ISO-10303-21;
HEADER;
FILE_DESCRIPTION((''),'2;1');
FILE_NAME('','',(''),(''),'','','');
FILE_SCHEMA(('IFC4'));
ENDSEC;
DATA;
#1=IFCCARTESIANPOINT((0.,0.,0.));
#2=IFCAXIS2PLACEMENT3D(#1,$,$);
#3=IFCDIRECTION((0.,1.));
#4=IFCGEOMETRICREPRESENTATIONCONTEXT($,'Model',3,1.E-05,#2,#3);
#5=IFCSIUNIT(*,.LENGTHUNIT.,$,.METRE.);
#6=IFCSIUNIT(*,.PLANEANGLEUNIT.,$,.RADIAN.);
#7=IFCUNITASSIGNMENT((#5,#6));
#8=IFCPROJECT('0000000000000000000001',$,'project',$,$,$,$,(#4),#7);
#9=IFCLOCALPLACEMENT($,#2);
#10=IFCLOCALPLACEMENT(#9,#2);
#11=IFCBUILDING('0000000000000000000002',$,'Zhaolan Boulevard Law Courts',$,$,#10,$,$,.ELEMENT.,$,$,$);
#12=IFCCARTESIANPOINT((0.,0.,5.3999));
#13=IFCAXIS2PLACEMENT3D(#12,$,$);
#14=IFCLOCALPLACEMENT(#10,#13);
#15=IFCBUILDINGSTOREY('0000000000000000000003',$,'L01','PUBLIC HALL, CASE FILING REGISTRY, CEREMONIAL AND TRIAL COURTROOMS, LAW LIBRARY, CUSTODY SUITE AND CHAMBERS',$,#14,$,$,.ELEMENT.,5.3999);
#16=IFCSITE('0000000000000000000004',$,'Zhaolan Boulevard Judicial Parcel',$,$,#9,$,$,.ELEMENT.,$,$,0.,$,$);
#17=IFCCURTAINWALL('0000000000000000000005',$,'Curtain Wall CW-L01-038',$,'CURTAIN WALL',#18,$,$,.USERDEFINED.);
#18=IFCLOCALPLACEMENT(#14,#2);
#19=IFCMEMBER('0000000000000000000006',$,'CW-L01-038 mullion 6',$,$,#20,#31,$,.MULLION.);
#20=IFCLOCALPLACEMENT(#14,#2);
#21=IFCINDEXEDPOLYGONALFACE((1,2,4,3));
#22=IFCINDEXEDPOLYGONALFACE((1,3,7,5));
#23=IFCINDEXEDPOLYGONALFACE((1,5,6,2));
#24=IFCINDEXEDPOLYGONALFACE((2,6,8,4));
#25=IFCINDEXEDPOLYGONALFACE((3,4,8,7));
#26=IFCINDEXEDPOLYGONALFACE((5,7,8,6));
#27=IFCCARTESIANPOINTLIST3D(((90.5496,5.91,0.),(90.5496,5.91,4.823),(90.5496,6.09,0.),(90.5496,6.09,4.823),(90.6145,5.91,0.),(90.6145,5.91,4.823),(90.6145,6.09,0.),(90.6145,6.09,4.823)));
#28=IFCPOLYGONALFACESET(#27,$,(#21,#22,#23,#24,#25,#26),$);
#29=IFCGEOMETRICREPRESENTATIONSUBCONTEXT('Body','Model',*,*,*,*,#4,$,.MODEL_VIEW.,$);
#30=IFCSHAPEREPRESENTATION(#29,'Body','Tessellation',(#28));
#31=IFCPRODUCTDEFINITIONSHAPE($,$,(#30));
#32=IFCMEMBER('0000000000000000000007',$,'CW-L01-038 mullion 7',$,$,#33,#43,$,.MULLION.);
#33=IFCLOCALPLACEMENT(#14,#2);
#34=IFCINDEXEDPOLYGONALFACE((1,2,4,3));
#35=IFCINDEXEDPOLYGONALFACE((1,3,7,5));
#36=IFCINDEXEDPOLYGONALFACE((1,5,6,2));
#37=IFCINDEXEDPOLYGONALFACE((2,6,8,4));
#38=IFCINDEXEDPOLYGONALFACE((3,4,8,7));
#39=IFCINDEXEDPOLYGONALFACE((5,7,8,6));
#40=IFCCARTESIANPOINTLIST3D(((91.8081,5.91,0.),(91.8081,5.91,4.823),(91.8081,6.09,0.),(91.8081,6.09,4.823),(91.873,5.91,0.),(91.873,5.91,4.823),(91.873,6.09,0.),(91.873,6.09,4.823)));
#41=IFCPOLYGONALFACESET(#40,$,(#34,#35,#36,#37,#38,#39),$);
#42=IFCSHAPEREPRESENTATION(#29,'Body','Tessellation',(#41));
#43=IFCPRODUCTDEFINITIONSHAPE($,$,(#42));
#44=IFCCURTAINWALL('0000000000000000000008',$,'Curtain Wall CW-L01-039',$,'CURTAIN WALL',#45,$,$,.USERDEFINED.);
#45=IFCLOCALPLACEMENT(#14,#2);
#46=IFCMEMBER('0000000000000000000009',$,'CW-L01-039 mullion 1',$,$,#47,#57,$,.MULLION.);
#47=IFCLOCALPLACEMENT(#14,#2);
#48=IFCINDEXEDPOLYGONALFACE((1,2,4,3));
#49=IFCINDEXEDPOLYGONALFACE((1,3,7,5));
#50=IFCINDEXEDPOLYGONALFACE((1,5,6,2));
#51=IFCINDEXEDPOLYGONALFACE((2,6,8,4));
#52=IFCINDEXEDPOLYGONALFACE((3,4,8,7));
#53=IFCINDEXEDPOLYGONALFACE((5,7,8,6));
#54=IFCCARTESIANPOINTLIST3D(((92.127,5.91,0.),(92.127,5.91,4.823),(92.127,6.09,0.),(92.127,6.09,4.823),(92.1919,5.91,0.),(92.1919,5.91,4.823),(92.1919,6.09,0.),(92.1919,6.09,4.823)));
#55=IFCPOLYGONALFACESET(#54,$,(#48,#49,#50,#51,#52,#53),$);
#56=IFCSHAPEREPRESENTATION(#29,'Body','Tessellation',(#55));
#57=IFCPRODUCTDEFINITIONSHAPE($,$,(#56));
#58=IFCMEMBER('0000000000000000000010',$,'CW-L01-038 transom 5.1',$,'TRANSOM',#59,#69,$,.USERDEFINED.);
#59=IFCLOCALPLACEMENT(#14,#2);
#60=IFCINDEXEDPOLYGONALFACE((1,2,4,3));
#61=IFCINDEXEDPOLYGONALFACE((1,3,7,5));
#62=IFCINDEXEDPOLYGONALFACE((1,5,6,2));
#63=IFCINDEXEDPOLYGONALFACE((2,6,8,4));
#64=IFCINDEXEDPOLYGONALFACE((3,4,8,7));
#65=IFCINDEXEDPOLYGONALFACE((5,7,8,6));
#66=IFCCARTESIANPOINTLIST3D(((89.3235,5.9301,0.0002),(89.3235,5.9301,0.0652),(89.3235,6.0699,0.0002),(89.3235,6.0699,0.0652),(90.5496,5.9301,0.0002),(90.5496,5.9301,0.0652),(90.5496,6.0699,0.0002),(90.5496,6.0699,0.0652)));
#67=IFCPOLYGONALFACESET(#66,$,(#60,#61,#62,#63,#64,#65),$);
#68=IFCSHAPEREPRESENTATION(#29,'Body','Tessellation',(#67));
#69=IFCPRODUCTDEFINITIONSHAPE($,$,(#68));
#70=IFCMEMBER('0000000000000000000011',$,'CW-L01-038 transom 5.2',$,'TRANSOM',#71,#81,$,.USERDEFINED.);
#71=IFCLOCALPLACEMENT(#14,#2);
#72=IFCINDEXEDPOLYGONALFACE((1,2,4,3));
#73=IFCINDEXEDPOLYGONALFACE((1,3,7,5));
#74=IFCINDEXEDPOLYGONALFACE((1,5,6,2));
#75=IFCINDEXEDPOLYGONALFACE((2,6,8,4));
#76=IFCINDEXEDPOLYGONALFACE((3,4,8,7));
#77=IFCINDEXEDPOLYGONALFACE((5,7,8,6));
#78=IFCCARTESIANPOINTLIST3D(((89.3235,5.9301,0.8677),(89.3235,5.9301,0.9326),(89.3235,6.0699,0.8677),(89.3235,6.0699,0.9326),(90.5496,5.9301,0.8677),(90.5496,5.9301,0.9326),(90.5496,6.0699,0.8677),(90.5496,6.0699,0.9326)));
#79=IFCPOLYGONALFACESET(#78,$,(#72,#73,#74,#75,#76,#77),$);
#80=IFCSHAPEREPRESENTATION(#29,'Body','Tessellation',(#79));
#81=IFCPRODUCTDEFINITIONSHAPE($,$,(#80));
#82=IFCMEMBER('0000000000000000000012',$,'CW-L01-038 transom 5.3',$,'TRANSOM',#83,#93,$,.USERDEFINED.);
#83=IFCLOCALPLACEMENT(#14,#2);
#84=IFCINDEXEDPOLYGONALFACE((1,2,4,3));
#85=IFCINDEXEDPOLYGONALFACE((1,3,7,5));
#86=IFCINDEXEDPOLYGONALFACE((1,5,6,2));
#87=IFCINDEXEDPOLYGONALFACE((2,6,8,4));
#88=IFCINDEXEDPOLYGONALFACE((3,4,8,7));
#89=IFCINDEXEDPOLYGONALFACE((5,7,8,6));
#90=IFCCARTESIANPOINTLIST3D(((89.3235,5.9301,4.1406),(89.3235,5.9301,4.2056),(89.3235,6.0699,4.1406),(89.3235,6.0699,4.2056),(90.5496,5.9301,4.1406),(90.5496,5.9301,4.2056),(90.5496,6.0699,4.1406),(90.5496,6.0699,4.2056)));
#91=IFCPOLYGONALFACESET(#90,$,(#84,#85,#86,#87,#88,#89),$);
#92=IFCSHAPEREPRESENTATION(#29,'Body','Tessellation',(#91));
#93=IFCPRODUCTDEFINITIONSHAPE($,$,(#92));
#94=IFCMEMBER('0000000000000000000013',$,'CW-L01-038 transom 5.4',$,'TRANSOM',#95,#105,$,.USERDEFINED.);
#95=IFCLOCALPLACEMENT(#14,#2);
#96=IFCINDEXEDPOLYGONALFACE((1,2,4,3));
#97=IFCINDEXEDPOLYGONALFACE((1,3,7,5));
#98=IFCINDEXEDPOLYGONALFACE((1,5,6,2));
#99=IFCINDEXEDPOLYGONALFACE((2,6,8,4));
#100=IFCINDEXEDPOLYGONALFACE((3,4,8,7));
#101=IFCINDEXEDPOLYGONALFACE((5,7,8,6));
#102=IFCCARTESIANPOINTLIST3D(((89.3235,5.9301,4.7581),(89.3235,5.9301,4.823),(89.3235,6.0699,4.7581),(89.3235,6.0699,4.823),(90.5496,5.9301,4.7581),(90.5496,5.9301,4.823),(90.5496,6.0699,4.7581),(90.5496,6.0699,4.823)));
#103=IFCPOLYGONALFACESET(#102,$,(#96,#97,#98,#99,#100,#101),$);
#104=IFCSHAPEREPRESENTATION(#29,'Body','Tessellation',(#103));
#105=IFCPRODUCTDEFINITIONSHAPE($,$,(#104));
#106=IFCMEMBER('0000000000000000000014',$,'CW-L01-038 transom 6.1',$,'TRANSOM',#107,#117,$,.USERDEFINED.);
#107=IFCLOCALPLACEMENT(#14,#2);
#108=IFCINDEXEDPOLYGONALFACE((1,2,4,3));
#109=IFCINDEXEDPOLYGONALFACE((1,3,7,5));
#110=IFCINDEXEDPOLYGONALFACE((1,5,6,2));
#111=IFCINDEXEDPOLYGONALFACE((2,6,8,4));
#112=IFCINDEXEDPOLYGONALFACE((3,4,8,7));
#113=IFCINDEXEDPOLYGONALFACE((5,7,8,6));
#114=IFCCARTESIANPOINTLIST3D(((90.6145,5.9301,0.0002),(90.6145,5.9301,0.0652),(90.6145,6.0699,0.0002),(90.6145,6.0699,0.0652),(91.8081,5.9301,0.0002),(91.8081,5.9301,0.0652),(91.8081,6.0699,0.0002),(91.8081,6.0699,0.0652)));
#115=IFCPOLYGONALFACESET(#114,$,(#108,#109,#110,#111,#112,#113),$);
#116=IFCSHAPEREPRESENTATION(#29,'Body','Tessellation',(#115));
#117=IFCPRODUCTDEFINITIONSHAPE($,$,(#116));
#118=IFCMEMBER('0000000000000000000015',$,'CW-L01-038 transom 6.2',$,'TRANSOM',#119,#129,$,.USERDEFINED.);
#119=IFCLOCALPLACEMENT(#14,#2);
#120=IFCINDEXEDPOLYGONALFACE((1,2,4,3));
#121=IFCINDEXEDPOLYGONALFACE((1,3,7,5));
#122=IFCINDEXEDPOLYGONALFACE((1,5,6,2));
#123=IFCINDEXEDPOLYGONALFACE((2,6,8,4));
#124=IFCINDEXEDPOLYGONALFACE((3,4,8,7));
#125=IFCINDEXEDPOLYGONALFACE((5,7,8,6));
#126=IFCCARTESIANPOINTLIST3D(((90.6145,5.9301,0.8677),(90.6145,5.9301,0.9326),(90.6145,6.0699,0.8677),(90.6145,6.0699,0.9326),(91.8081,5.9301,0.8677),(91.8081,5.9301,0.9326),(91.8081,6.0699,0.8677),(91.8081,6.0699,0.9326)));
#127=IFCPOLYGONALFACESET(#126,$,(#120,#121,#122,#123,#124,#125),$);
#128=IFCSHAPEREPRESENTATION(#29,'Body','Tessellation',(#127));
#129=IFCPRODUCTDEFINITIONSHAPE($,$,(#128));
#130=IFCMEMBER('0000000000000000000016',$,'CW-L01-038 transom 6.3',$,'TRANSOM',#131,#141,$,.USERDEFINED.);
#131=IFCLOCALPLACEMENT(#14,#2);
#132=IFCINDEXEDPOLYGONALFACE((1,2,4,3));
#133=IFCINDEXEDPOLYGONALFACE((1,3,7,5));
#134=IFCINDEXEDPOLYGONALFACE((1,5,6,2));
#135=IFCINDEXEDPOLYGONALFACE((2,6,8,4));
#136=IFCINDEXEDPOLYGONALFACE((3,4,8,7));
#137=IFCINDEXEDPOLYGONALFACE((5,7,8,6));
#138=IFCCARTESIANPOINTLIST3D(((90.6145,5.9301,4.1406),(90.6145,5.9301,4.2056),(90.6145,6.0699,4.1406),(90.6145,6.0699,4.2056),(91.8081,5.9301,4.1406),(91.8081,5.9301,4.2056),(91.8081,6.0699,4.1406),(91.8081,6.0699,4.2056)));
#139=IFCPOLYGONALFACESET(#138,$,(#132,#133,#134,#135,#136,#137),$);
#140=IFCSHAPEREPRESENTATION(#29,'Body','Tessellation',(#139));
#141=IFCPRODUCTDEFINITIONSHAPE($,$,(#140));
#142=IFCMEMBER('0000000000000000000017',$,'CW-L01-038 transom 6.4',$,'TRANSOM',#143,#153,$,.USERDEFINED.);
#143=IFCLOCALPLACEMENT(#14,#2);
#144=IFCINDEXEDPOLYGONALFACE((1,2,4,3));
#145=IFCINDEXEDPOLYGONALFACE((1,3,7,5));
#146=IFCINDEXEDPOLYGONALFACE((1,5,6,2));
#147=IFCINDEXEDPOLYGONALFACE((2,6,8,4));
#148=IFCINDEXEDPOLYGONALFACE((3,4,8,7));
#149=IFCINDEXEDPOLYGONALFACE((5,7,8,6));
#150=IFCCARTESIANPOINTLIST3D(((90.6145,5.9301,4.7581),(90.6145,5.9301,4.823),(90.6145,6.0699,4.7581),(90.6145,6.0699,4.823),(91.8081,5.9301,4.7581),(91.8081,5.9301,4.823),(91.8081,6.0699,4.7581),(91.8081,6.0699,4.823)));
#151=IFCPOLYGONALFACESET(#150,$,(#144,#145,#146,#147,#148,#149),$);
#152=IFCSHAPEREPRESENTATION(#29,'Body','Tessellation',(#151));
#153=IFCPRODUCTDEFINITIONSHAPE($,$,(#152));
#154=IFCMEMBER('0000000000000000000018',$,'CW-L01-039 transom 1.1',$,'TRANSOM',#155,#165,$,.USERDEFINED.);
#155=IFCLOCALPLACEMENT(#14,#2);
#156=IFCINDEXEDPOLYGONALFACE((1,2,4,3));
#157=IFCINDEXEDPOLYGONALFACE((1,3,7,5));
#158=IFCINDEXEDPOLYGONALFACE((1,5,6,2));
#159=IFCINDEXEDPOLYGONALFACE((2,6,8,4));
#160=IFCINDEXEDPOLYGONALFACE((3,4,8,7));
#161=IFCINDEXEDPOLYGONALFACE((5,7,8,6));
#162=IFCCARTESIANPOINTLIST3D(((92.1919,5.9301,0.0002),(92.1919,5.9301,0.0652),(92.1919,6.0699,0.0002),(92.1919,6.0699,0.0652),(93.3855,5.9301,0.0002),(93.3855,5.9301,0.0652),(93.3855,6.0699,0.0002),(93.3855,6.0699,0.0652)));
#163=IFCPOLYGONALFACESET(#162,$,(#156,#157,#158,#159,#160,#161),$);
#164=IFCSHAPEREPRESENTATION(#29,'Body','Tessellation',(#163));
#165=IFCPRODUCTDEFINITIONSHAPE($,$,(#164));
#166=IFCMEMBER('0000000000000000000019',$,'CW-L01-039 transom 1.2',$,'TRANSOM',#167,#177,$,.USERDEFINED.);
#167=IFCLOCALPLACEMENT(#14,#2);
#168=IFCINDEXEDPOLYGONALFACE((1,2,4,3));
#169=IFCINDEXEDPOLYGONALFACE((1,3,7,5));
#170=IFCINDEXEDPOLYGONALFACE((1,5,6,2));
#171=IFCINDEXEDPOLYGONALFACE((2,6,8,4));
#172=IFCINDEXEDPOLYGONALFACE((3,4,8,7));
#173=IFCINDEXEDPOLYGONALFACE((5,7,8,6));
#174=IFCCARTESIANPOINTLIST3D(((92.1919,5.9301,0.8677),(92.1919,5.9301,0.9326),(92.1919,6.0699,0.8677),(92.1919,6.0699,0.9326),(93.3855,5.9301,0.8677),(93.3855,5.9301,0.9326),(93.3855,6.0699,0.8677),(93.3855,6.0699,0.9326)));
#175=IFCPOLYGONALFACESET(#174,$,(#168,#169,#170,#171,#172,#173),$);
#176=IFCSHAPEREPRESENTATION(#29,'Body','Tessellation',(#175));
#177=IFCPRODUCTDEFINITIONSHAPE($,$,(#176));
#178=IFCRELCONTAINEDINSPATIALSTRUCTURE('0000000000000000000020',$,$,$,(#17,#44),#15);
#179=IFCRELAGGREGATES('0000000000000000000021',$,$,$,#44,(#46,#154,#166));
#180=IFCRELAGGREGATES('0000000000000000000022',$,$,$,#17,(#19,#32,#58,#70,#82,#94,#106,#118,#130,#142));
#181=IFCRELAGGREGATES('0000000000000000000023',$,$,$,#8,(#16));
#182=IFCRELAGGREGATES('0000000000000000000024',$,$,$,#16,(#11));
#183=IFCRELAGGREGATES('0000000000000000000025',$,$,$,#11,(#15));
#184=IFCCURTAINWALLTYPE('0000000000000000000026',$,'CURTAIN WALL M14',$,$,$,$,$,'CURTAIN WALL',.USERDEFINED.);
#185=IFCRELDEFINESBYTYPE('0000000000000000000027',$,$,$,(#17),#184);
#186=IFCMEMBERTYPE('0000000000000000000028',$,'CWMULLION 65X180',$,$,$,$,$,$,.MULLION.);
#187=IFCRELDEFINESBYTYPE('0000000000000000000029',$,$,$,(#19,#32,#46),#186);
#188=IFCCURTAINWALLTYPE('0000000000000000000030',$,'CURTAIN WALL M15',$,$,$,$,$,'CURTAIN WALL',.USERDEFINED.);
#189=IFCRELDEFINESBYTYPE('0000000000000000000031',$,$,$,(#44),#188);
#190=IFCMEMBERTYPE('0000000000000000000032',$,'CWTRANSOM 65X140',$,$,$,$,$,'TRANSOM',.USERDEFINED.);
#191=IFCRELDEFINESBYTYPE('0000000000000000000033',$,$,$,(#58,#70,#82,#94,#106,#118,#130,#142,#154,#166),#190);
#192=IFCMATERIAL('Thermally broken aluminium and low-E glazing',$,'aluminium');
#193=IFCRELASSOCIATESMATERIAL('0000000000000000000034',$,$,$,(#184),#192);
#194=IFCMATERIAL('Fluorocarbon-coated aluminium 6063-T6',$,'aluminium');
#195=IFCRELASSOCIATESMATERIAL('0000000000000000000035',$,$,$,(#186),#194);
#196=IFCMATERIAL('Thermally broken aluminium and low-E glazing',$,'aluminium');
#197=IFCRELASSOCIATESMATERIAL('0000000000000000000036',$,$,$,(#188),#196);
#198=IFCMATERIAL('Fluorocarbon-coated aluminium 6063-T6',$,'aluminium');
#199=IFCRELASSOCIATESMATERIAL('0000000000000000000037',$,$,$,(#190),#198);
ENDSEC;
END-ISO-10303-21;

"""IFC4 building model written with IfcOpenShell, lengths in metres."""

from ifc_helpers import new_model, si_unit, direction, frame, origin, origin_2d, place, context, subcontext, project, spatial, rectangle, extrude, material, material_profile, profile_set, type_object, element, aggregate, save


model = new_model("IFC4")

# Units and contexts
model_context = context("Model", 3, precision=1e-05, world=origin(), true_north=direction((0.0, 1.0)))
body_context = subcontext(model_context, "Body", "Model", "MODEL_VIEW")
ifc_project = project(units=[si_unit("LENGTHUNIT", "METRE"), si_unit("PLANEANGLEUNIT", "RADIAN")], contexts=[model_context])

# Site, building, storey
site_placement = place(None, origin())
site = spatial("IfcSite", under=ifc_project, at=site_placement, Name="Zhaolan Boulevard Judicial Parcel", CompositionType="ELEMENT", RefElevation=0.0)
building_placement = place(site_placement, origin())
building = spatial("IfcBuilding", under=site, at=building_placement, Name="Zhaolan Boulevard Law Courts", CompositionType="ELEMENT")
storey_placement = place(building_placement, frame((0.0, 0.0, 5.3999)))
storey = spatial("IfcBuildingStorey", under=building, at=storey_placement, Name="L01", Description="PUBLIC HALL, CASE FILING REGISTRY, CEREMONIAL AND TRIAL COURTROOMS, LAW LIBRARY, CUSTODY SUITE AND CHAMBERS", CompositionType="ELEMENT", Elevation=5.3999)

# Curtain wall, members
ifc_material_1 = material(Name="Thermally broken aluminium and low-E glazing", Category="aluminium")
curtain_wall_type_1 = type_object("IfcCurtainWallType", Name="CURTAIN WALL M14", ElementType="CURTAIN WALL", PredefinedType="USERDEFINED", material=ifc_material_1)
curtain_wall_1_placement = place(storey_placement, origin())
curtain_wall_1 = element("IfcCurtainWall", 1, at=curtain_wall_1_placement, inside=storey, type_object=curtain_wall_type_1, Name="Curtain Wall CW-L01-038", ObjectType="CURTAIN WALL", PredefinedType="USERDEFINED")
ifc_material_2 = material(Name="Fluorocarbon-coated aluminium 6063-T6", Category="aluminium")
ifc_material_profile_1 = material_profile(ifc_material_2, rectangle(XDim=0.1799, YDim=0.0649, at=origin_2d()), Name="AL65x180")
ifc_profile_set_1 = profile_set([ifc_material_profile_1], Name="Fluorocarbon-coated aluminium 6063-T6")
member_type_1 = type_object("IfcMemberType", Name="CWMULLION 65X180", PredefinedType="MULLION", material=ifc_profile_set_1)
member_1_placement = place(storey_placement, frame((90.582, 6.0, 0.0), z_axis=(0.0, 0.0, 1.0), x_axis=(0.0, 1.0, 0.0)))
member_1 = element("IfcMember", 2, at=member_1_placement, type_object=member_type_1, Name="CW-L01-038 mullion 6", PredefinedType="MULLION", context=body_context, shape_type="SweptSolid", body=[
    extrude(rectangle(XDim=0.1799, YDim=0.0649, at=origin_2d()), origin(), (0.0, 0.0, 1.0), 4.823),
])
member_2_placement = place(storey_placement, frame((91.8406, 6.0, 0.0), z_axis=(0.0, 0.0, 1.0), x_axis=(0.0, 1.0, 0.0)))
member_2 = element("IfcMember", 3, at=member_2_placement, type_object=member_type_1, Name="CW-L01-038 mullion 7", PredefinedType="MULLION", context=body_context, shape_type="SweptSolid", body=[
    extrude(rectangle(XDim=0.1799, YDim=0.0649, at=origin_2d()), origin(), (0.0, 0.0, 1.0), 4.823),
])

# Curtain wall, member
ifc_material_3 = material(Name="Thermally broken aluminium and low-E glazing", Category="aluminium")
curtain_wall_type_2 = type_object("IfcCurtainWallType", Name="CURTAIN WALL M15", ElementType="CURTAIN WALL", PredefinedType="USERDEFINED", material=ifc_material_3)
curtain_wall_2_placement = place(storey_placement, origin())
curtain_wall_2 = element("IfcCurtainWall", 4, at=curtain_wall_2_placement, inside=storey, type_object=curtain_wall_type_2, Name="Curtain Wall CW-L01-039", ObjectType="CURTAIN WALL", PredefinedType="USERDEFINED")
member_3_placement = place(storey_placement, frame((92.1594, 6.0, 0.0), z_axis=(0.0, 0.0, 1.0), x_axis=(0.0, 1.0, 0.0)))
member_3 = element("IfcMember", 5, at=member_3_placement, type_object=member_type_1, Name="CW-L01-039 mullion 1", PredefinedType="MULLION", context=body_context, shape_type="SweptSolid", body=[
    extrude(rectangle(XDim=0.1799, YDim=0.0649, at=origin_2d()), origin(), (0.0, 0.0, 1.0), 4.823),
])

# Members
ifc_material_4 = material(Name="Fluorocarbon-coated aluminium 6063-T6", Category="aluminium")
ifc_material_profile_2 = material_profile(ifc_material_4, rectangle(XDim=0.1399, YDim=0.0649, at=origin_2d()), Name="AL65x140")
ifc_profile_set_2 = profile_set([ifc_material_profile_2], Name="Fluorocarbon-coated aluminium 6063-T6")
member_type_2 = type_object("IfcMemberType", Name="CWTRANSOM 65X140", ElementType="TRANSOM", PredefinedType="USERDEFINED", material=ifc_profile_set_2)
member_4_placement = place(storey_placement, frame((89.3235, 6.0, 0.0327), z_axis=(1.0, 0.0, 0.0), x_axis=(0.0, 1.0, 0.0)))
member_4 = element("IfcMember", 6, at=member_4_placement, type_object=member_type_2, Name="CW-L01-038 transom 5.1", ObjectType="TRANSOM", PredefinedType="USERDEFINED", context=body_context, shape_type="SweptSolid", body=[
    extrude(rectangle(XDim=0.1399, YDim=0.0649, at=origin_2d()), origin(), (0.0, 0.0, 1.0), 1.2261),
])
member_5_placement = place(storey_placement, frame((89.3235, 6.0, 0.9001), z_axis=(1.0, 0.0, 0.0), x_axis=(0.0, 1.0, 0.0)))
member_5 = element("IfcMember", 7, at=member_5_placement, type_object=member_type_2, Name="CW-L01-038 transom 5.2", ObjectType="TRANSOM", PredefinedType="USERDEFINED", context=body_context, shape_type="SweptSolid", body=[
    extrude(rectangle(XDim=0.1399, YDim=0.0649, at=origin_2d()), origin(), (0.0, 0.0, 1.0), 1.2261),
])
member_6_placement = place(storey_placement, frame((89.3235, 6.0, 4.1731), z_axis=(1.0, 0.0, 0.0), x_axis=(0.0, 1.0, 0.0)))
member_6 = element("IfcMember", 8, at=member_6_placement, type_object=member_type_2, Name="CW-L01-038 transom 5.3", ObjectType="TRANSOM", PredefinedType="USERDEFINED", context=body_context, shape_type="SweptSolid", body=[
    extrude(rectangle(XDim=0.1399, YDim=0.0649, at=origin_2d()), origin(), (0.0, 0.0, 1.0), 1.2261),
])
member_7_placement = place(storey_placement, frame((89.3235, 6.0, 4.7905), z_axis=(1.0, 0.0, 0.0), x_axis=(0.0, 1.0, 0.0)))
member_7 = element("IfcMember", 9, at=member_7_placement, type_object=member_type_2, Name="CW-L01-038 transom 5.4", ObjectType="TRANSOM", PredefinedType="USERDEFINED", context=body_context, shape_type="SweptSolid", body=[
    extrude(rectangle(XDim=0.1399, YDim=0.0649, at=origin_2d()), origin(), (0.0, 0.0, 1.0), 1.2261),
])
member_8_placement = place(storey_placement, frame((90.6145, 6.0, 0.0327), z_axis=(1.0, 0.0, 0.0), x_axis=(0.0, 1.0, 0.0)))
member_8 = element("IfcMember", 10, at=member_8_placement, type_object=member_type_2, Name="CW-L01-038 transom 6.1", ObjectType="TRANSOM", PredefinedType="USERDEFINED", context=body_context, shape_type="SweptSolid", body=[
    extrude(rectangle(XDim=0.1399, YDim=0.0649, at=origin_2d()), origin(), (0.0, 0.0, 1.0), 1.1936),
])
member_9_placement = place(storey_placement, frame((90.6145, 6.0, 0.9001), z_axis=(1.0, 0.0, 0.0), x_axis=(0.0, 1.0, 0.0)))
member_9 = element("IfcMember", 11, at=member_9_placement, type_object=member_type_2, Name="CW-L01-038 transom 6.2", ObjectType="TRANSOM", PredefinedType="USERDEFINED", context=body_context, shape_type="SweptSolid", body=[
    extrude(rectangle(XDim=0.1399, YDim=0.0649, at=origin_2d()), origin(), (0.0, 0.0, 1.0), 1.1936),
])
member_10_placement = place(storey_placement, frame((90.6145, 6.0, 4.1731), z_axis=(1.0, 0.0, 0.0), x_axis=(0.0, 1.0, 0.0)))
member_10 = element("IfcMember", 12, at=member_10_placement, type_object=member_type_2, Name="CW-L01-038 transom 6.3", ObjectType="TRANSOM", PredefinedType="USERDEFINED", context=body_context, shape_type="SweptSolid", body=[
    extrude(rectangle(XDim=0.1399, YDim=0.0649, at=origin_2d()), origin(), (0.0, 0.0, 1.0), 1.1936),
])
member_11_placement = place(storey_placement, frame((90.6145, 6.0, 4.7905), z_axis=(1.0, 0.0, 0.0), x_axis=(0.0, 1.0, 0.0)))
member_11 = element("IfcMember", 13, at=member_11_placement, type_object=member_type_2, Name="CW-L01-038 transom 6.4", ObjectType="TRANSOM", PredefinedType="USERDEFINED", context=body_context, shape_type="SweptSolid", body=[
    extrude(rectangle(XDim=0.1399, YDim=0.0649, at=origin_2d()), origin(), (0.0, 0.0, 1.0), 1.1936),
])
member_12_placement = place(storey_placement, frame((92.1919, 6.0, 0.0327), z_axis=(1.0, 0.0, 0.0), x_axis=(0.0, 1.0, 0.0)))
member_12 = element("IfcMember", 14, at=member_12_placement, type_object=member_type_2, Name="CW-L01-039 transom 1.1", ObjectType="TRANSOM", PredefinedType="USERDEFINED", context=body_context, shape_type="SweptSolid", body=[
    extrude(rectangle(XDim=0.1399, YDim=0.0649, at=origin_2d()), origin(), (0.0, 0.0, 1.0), 1.1936),
])
member_13_placement = place(storey_placement, frame((92.1919, 6.0, 0.9001), z_axis=(1.0, 0.0, 0.0), x_axis=(0.0, 1.0, 0.0)))
member_13 = element("IfcMember", 15, at=member_13_placement, type_object=member_type_2, Name="CW-L01-039 transom 1.2", ObjectType="TRANSOM", PredefinedType="USERDEFINED", context=body_context, shape_type="SweptSolid", body=[
    extrude(rectangle(XDim=0.1399, YDim=0.0649, at=origin_2d()), origin(), (0.0, 0.0, 1.0), 1.1936),
])
aggregate(curtain_wall_2, [member_3, member_12, member_13])

aggregate(curtain_wall_1, [member_1, member_2, member_4, member_5, member_6, member_7, member_8, member_9, member_10, member_11])

save(model, "model.ifc")
